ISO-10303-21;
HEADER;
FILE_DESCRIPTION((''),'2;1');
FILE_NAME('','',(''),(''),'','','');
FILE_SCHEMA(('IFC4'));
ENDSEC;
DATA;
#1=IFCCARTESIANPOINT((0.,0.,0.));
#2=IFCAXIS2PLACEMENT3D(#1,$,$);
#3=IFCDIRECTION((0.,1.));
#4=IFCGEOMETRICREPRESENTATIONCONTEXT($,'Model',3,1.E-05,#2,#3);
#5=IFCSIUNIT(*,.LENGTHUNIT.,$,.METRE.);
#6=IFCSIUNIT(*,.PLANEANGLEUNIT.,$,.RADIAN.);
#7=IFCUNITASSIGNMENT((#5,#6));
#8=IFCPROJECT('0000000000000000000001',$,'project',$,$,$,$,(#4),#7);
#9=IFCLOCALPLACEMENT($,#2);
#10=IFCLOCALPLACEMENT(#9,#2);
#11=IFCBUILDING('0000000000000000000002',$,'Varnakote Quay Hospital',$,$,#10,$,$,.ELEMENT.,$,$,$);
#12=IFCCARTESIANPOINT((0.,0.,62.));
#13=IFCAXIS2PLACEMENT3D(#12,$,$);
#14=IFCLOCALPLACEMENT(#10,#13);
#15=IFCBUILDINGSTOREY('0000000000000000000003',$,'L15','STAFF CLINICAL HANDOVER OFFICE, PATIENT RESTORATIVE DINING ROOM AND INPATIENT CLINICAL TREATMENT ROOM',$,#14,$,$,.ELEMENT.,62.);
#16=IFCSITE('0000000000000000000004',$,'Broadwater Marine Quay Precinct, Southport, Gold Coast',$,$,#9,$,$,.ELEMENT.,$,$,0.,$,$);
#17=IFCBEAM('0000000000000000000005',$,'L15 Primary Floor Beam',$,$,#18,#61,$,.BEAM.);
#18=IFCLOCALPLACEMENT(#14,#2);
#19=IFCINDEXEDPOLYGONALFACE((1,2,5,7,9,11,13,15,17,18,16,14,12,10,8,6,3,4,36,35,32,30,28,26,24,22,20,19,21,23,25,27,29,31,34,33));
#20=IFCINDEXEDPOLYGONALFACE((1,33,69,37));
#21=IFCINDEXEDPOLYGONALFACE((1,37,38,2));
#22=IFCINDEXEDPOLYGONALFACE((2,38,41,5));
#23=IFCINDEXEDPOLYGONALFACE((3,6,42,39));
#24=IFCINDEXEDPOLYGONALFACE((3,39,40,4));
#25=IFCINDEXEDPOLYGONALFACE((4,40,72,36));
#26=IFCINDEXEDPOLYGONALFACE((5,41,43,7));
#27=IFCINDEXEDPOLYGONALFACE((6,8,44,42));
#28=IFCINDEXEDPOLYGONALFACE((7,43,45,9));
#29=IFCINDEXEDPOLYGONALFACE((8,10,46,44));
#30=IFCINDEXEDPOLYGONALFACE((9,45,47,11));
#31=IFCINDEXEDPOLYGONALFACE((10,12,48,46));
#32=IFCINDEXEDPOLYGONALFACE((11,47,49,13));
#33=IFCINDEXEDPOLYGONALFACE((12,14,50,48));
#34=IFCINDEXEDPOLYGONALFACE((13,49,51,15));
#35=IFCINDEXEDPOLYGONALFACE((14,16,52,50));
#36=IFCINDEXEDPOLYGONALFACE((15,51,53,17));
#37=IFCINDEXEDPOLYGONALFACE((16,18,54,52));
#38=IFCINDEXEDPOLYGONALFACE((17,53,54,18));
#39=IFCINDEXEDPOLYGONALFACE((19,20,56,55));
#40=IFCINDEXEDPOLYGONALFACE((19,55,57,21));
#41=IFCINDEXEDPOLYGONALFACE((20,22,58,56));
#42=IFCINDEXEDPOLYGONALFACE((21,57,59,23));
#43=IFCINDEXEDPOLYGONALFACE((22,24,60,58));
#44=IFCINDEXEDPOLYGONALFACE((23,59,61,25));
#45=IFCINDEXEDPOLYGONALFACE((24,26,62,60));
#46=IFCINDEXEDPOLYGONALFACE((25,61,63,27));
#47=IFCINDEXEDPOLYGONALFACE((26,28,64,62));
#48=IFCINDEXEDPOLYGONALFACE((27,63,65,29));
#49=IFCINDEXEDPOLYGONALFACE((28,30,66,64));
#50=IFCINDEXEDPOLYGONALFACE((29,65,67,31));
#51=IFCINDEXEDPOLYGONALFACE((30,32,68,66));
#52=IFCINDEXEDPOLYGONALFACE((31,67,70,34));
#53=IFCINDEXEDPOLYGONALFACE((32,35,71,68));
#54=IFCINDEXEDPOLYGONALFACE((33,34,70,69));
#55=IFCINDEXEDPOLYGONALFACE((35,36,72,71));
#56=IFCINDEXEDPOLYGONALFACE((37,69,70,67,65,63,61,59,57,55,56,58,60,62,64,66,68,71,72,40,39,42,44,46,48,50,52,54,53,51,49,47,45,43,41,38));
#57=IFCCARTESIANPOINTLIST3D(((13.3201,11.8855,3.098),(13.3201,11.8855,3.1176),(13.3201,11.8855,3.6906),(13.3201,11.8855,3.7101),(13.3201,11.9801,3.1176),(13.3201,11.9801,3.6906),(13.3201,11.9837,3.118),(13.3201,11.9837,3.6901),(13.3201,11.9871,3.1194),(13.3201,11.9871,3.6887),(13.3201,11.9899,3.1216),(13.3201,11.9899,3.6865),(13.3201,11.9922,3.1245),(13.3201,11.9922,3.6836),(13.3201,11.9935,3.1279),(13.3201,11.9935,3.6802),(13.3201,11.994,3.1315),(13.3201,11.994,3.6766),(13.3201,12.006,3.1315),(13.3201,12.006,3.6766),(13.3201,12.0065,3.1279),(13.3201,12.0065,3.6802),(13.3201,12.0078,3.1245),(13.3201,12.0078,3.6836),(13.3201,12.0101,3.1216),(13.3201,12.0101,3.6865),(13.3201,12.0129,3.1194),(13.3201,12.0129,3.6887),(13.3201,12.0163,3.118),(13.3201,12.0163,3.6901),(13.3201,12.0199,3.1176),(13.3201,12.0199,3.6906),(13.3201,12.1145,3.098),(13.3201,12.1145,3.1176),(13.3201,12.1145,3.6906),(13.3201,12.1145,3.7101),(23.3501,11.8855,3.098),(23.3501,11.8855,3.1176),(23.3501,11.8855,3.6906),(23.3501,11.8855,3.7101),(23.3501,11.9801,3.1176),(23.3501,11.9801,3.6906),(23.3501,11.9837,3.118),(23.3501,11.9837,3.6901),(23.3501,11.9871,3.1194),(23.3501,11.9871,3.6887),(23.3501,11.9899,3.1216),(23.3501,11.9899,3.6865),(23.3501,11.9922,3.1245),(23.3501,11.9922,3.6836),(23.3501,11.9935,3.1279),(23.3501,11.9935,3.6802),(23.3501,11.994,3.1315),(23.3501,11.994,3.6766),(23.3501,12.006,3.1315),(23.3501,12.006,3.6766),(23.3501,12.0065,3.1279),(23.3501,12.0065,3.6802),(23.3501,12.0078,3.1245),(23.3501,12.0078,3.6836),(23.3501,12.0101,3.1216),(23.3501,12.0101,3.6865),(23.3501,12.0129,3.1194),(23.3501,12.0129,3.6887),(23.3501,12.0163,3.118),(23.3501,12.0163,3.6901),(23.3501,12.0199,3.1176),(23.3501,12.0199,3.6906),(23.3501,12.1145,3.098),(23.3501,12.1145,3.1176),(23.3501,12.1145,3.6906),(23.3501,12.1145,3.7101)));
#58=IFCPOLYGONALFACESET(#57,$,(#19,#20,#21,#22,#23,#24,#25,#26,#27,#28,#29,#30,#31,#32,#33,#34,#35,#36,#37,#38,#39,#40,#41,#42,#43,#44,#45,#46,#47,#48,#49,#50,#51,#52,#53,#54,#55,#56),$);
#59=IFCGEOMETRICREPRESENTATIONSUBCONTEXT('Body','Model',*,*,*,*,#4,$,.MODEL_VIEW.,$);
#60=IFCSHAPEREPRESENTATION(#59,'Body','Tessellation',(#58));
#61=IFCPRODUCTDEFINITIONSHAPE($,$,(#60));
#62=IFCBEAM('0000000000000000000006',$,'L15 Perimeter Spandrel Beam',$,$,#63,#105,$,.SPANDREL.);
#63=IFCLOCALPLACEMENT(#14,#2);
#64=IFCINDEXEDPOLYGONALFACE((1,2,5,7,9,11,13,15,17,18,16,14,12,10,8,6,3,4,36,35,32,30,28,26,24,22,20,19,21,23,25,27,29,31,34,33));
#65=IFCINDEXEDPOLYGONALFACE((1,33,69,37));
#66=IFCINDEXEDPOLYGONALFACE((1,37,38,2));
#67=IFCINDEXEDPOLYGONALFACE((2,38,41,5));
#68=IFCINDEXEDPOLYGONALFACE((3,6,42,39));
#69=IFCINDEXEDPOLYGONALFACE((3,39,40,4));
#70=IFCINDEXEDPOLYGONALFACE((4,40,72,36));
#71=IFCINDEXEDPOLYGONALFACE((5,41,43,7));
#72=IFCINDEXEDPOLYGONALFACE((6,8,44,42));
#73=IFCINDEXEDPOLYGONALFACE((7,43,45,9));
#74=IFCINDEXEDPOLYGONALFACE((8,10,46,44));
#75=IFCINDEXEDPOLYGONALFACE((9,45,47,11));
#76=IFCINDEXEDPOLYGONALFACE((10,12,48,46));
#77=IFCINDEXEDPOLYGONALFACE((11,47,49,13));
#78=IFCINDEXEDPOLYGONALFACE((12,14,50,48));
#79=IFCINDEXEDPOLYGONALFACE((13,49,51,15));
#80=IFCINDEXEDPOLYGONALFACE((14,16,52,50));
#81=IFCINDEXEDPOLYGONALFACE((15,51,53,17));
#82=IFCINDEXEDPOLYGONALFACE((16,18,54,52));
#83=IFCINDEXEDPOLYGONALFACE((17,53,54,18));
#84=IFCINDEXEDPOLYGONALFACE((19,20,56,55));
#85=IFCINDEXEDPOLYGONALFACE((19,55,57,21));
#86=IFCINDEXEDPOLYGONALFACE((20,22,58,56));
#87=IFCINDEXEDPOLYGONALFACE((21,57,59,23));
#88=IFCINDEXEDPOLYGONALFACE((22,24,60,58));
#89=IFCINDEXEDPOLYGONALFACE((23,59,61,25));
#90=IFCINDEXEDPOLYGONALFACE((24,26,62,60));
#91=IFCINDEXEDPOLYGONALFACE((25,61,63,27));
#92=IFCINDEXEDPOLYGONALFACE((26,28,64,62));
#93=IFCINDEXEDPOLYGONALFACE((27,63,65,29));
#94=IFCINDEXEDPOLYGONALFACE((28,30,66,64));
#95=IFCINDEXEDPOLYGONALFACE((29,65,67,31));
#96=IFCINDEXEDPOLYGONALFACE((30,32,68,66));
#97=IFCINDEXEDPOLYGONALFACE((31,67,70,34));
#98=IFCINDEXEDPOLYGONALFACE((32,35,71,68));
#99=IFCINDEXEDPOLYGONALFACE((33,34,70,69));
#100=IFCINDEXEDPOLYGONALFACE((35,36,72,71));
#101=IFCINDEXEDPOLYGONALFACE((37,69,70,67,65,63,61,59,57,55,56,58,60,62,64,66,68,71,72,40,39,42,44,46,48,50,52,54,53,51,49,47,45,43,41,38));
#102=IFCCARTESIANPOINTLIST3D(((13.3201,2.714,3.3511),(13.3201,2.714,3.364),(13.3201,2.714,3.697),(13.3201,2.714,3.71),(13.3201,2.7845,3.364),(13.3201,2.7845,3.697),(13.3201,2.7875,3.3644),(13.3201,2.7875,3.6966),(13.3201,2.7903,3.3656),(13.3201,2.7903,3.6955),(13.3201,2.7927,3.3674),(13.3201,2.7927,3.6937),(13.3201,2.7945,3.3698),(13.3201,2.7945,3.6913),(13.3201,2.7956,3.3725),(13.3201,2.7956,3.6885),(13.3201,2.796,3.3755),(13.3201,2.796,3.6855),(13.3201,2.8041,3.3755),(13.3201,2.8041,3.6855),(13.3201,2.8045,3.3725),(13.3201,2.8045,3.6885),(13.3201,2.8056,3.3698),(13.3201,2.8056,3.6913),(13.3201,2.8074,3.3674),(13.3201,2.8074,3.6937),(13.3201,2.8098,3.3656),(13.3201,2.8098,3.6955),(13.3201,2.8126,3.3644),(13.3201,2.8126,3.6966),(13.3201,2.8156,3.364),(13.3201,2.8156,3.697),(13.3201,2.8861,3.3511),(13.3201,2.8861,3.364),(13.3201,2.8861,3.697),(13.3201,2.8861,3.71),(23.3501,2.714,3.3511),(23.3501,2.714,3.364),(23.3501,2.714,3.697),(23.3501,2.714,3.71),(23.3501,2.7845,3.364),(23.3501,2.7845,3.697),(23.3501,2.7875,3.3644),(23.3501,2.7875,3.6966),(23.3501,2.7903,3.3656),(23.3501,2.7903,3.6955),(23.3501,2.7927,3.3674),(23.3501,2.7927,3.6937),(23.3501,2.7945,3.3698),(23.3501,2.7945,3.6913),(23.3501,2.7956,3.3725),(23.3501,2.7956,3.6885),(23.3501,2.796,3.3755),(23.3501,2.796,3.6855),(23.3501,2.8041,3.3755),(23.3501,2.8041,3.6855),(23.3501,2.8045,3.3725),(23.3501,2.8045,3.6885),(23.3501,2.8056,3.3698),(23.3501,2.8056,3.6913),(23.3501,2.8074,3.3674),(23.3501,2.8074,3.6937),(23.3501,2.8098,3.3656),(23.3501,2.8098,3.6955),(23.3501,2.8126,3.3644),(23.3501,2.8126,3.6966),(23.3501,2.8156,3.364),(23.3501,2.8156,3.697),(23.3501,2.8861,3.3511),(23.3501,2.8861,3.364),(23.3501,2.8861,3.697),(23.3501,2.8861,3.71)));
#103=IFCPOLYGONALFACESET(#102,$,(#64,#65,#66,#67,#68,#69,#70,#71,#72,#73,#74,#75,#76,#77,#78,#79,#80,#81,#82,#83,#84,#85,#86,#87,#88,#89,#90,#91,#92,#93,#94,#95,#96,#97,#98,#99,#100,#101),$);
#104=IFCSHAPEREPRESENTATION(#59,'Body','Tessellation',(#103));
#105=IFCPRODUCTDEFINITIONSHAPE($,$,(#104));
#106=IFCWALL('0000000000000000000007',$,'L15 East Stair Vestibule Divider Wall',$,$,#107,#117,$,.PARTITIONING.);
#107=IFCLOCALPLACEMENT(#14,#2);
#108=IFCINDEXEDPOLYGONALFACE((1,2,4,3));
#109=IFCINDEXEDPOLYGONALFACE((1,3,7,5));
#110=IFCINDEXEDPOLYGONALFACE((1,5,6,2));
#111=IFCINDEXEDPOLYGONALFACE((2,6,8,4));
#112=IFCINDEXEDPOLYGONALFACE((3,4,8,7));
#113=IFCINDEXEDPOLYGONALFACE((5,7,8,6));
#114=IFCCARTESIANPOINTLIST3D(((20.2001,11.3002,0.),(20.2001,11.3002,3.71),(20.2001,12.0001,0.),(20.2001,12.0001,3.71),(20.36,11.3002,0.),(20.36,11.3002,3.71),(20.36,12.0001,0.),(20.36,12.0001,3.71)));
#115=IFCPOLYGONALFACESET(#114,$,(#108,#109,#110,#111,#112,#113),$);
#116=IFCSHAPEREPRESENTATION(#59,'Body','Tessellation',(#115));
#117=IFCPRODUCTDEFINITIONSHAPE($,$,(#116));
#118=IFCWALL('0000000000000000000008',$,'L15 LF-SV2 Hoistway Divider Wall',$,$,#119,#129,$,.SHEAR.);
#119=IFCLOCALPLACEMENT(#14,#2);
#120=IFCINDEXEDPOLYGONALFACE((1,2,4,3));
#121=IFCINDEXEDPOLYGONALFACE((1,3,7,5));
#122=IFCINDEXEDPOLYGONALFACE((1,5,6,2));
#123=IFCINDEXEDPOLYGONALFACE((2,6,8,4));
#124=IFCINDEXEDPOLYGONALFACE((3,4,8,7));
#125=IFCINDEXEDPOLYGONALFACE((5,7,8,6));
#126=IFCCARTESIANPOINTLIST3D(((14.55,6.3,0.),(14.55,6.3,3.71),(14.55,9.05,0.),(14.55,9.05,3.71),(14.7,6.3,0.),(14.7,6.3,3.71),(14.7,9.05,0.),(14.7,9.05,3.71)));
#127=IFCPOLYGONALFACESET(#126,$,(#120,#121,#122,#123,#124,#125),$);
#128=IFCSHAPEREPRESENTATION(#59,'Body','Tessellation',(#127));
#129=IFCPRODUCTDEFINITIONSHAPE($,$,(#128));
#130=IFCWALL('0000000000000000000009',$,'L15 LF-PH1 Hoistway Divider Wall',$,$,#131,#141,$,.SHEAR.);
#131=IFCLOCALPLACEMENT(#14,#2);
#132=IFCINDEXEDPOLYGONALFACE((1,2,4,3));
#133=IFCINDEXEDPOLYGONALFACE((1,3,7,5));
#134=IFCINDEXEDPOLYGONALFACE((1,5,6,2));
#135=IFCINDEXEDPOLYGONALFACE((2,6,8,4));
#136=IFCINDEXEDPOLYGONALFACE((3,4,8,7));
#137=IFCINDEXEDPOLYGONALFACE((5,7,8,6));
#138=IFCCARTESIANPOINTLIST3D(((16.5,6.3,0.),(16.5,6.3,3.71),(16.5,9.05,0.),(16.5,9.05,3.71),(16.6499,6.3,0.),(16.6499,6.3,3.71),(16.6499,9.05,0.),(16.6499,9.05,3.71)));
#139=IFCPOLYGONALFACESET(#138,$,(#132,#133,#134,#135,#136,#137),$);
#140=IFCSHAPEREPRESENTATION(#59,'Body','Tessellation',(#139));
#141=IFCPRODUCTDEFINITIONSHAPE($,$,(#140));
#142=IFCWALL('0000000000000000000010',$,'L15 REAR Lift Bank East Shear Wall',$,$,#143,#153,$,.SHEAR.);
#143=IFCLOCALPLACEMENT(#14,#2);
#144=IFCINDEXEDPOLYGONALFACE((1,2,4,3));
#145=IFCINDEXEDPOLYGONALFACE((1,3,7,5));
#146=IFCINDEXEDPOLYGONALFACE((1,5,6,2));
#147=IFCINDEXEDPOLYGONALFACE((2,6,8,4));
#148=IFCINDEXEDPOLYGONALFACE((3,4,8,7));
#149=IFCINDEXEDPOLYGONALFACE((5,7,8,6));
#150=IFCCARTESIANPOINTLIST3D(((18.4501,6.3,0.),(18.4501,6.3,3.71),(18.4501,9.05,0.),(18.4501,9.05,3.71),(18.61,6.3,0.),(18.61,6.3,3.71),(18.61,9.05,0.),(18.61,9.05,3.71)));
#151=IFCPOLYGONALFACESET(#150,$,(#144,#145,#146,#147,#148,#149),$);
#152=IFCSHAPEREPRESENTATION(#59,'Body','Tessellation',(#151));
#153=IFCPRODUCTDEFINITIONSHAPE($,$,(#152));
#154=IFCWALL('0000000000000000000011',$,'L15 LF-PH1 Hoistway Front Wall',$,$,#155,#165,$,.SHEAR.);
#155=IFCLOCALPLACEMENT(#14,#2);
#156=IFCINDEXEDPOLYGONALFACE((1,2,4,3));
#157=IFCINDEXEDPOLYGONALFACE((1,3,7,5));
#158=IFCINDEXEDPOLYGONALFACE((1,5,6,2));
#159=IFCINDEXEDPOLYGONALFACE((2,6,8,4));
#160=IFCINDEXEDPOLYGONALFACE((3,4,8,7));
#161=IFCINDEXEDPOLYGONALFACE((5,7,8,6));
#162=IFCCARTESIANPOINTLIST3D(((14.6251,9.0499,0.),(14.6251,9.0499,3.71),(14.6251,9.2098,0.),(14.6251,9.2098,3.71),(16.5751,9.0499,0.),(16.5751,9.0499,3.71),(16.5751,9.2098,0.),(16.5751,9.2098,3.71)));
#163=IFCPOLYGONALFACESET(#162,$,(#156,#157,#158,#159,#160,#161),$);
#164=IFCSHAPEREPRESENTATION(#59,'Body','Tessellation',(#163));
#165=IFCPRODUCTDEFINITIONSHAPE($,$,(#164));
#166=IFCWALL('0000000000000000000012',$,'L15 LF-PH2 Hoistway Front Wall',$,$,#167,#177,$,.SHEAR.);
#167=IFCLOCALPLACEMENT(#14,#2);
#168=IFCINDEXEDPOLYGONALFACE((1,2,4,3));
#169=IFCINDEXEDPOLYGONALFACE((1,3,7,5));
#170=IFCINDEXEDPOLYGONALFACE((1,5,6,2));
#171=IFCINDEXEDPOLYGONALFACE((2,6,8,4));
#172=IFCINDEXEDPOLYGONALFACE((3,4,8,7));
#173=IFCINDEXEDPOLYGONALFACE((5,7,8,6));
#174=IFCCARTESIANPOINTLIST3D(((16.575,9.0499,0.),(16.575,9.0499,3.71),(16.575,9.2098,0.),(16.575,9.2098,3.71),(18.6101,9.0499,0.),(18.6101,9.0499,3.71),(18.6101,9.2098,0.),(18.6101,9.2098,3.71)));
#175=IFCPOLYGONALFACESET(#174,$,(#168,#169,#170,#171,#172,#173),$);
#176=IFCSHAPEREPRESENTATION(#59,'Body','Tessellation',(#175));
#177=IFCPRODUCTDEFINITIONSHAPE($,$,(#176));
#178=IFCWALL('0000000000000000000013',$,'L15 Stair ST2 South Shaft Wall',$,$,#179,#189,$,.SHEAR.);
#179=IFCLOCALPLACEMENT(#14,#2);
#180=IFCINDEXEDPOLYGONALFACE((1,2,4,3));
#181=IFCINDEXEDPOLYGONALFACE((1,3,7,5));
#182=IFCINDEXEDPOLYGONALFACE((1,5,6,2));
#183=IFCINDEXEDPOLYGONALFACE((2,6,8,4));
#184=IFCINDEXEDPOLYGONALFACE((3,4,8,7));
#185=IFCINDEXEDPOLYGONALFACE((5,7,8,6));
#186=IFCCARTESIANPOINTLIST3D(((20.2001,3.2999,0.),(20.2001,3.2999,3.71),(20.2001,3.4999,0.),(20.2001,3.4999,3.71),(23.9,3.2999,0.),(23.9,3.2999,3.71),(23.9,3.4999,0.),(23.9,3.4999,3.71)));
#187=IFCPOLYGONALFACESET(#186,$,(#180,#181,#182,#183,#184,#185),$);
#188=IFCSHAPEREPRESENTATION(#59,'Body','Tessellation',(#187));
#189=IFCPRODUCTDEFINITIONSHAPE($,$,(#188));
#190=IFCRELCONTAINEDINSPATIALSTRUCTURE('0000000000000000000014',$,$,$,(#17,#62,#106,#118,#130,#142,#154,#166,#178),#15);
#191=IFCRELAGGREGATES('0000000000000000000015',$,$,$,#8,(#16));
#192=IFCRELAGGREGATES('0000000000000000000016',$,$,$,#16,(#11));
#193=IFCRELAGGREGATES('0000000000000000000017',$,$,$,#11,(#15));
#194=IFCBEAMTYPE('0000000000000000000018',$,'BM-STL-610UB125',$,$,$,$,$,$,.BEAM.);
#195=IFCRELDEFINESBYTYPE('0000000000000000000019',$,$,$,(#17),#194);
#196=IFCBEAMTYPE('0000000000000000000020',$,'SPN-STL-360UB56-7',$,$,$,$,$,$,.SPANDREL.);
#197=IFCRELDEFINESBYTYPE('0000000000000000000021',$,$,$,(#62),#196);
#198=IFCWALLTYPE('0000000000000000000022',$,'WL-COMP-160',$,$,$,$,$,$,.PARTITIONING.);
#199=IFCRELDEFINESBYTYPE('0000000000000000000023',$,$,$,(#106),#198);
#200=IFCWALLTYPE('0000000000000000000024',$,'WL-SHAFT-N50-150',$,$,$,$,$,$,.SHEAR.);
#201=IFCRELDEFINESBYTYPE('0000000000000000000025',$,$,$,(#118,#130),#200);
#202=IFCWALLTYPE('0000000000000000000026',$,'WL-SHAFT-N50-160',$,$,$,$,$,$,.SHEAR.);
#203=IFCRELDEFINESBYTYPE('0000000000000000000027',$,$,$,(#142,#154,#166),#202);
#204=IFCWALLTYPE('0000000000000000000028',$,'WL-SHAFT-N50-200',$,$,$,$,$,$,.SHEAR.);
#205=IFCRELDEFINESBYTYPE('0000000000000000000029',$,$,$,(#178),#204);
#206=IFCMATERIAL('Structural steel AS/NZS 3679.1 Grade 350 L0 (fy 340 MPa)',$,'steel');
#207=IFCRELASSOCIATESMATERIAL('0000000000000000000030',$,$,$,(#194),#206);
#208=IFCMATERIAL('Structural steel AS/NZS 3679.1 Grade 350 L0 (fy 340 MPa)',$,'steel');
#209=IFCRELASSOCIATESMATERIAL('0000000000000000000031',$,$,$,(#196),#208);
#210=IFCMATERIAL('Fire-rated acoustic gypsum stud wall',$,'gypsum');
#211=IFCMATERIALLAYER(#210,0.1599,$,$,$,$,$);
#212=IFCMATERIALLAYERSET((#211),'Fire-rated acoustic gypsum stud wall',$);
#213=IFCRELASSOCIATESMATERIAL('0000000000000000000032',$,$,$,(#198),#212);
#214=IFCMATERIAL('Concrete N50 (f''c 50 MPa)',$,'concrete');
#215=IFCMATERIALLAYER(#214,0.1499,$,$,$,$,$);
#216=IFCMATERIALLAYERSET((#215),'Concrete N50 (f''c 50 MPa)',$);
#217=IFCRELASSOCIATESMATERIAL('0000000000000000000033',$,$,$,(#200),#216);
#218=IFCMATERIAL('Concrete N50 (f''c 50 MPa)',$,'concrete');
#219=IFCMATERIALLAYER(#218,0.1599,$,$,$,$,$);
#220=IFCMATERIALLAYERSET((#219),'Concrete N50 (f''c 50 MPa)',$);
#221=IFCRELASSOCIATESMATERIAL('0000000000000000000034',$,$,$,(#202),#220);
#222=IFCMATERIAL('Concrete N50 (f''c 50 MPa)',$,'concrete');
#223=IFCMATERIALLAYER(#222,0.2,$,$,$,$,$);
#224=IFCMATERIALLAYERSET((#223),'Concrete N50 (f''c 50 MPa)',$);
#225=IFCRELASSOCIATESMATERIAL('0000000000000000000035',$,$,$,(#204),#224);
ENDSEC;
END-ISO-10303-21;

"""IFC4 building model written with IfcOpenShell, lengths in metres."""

from ifc_helpers import new_model, si_unit, direction, frame, frame_2d, origin, origin_2d, place, context, subcontext, project, spatial, rectangle, i_section, extrude, material, layer, layer_set, material_profile, profile_set, type_object, element, save


model = new_model("IFC4")

# Units and contexts
model_context = context("Model", 3, precision=1e-05, world=origin(), true_north=direction((0.0, 1.0)))
body_context = subcontext(model_context, "Body", "Model", "MODEL_VIEW")
ifc_project = project(units=[si_unit("LENGTHUNIT", "METRE"), si_unit("PLANEANGLEUNIT", "RADIAN")], contexts=[model_context])

# Site, building, storey
site_placement = place(None, origin())
site = spatial("IfcSite", under=ifc_project, at=site_placement, Name="Broadwater Marine Quay Precinct, Southport, Gold Coast", CompositionType="ELEMENT", RefElevation=0.0)
building_placement = place(site_placement, origin())
building = spatial("IfcBuilding", under=site, at=building_placement, Name="Varnakote Quay Hospital", CompositionType="ELEMENT")
storey_placement = place(building_placement, frame((0.0, 0.0, 62.0)))
storey = spatial("IfcBuildingStorey", under=building, at=storey_placement, Name="L15", Description="STAFF CLINICAL HANDOVER OFFICE, PATIENT RESTORATIVE DINING ROOM AND INPATIENT CLINICAL TREATMENT ROOM", CompositionType="ELEMENT", Elevation=62.0)

# Beams
ifc_material_1 = material(Name="Structural steel AS/NZS 3679.1 Grade 350 L0 (fy 340 MPa)", Category="steel")
ifc_material_profile_1 = material_profile(ifc_material_1, i_section(OverallWidth=0.229, OverallDepth=0.6121, WebThickness=0.012, FlangeThickness=0.0195, FilletRadius=0.0139, at=origin_2d()), Name="610UB125")
ifc_profile_set_1 = profile_set([ifc_material_profile_1], Name="Structural steel AS/NZS 3679.1 Grade 350 L0 (fy 340 MPa)")
beam_type_1 = type_object("IfcBeamType", Name="BM-STL-610UB125", PredefinedType="BEAM", material=ifc_profile_set_1)
beam_1_placement = place(storey_placement, frame((13.3201, 12.0, 3.4041), z_axis=(1.0, 0.0, 0.0), x_axis=(0.0, 1.0, 0.0)))
element("IfcBeam", 1, at=beam_1_placement, inside=storey, type_object=beam_type_1, Name="L15 Primary Floor Beam", PredefinedType="BEAM", context=body_context, shape_type="SweptSolid", body=[
    extrude(i_section(OverallWidth=0.229, OverallDepth=0.6121, WebThickness=0.012, FlangeThickness=0.0195, FilletRadius=0.0139, at=origin_2d()), origin(), (0.0, 0.0, 1.0), 10.03),
])
ifc_material_2 = material(Name="Structural steel AS/NZS 3679.1 Grade 350 L0 (fy 340 MPa)", Category="steel")
ifc_material_profile_2 = material_profile(ifc_material_2, i_section(OverallWidth=0.1721, OverallDepth=0.3589, WebThickness=0.0081, FlangeThickness=0.0129, FilletRadius=0.0115, at=origin_2d()), Name="360UB56.7")
ifc_profile_set_2 = profile_set([ifc_material_profile_2], Name="Structural steel AS/NZS 3679.1 Grade 350 L0 (fy 340 MPa)")
beam_type_2 = type_object("IfcBeamType", Name="SPN-STL-360UB56-7", PredefinedType="SPANDREL", material=ifc_profile_set_2)
beam_2_placement = place(storey_placement, frame((13.3201, 2.8, 3.5305), z_axis=(1.0, 0.0, 0.0), x_axis=(0.0, 1.0, 0.0)))
element("IfcBeam", 2, at=beam_2_placement, inside=storey, type_object=beam_type_2, Name="L15 Perimeter Spandrel Beam", PredefinedType="SPANDREL", context=body_context, shape_type="SweptSolid", body=[
    extrude(i_section(OverallWidth=0.1721, OverallDepth=0.3589, WebThickness=0.0081, FlangeThickness=0.0129, FilletRadius=0.0115, at=origin_2d()), origin(), (0.0, 0.0, 1.0), 10.03),
])

# Walls
ifc_material_3 = material(Name="Fire-rated acoustic gypsum stud wall", Category="gypsum")
ifc_layer_1 = layer(ifc_material_3, 0.1599)
ifc_layer_set_1 = layer_set([ifc_layer_1], Name="Fire-rated acoustic gypsum stud wall")
wall_type_1 = type_object("IfcWallType", Name="WL-COMP-160", PredefinedType="PARTITIONING", material=ifc_layer_set_1)
wall_1_placement = place(storey_placement, frame((20.28, 11.3, 0.0), z_axis=(0.0, 0.0, 1.0), x_axis=(0.0, 1.0, 0.0)))
element("IfcWall", 3, at=wall_1_placement, inside=storey, type_object=wall_type_1, Name="L15 East Stair Vestibule Divider Wall", PredefinedType="PARTITIONING", context=body_context, shape_type="SweptSolid", body=[
    extrude(rectangle(XDim=0.7, YDim=0.1599, at=frame_2d((0.3501, 0.0))), origin(), (0.0, 0.0, 1.0), 3.71),
])
ifc_material_4 = material(Name="Concrete N50 (f'c 50 MPa)", Category="concrete")
ifc_layer_2 = layer(ifc_material_4, 0.1499)
ifc_layer_set_2 = layer_set([ifc_layer_2], Name="Concrete N50 (f'c 50 MPa)")
wall_type_2 = type_object("IfcWallType", Name="WL-SHAFT-N50-150", PredefinedType="SHEAR", material=ifc_layer_set_2)
for number, where, z_axis, x_axis, name in (
    (4, (14.625, 6.3, 0.0), (0.0, 0.0, 1.0), (0.0, 1.0, 0.0), "L15 LF-SV2 Hoistway Divider Wall"),
    (5, (16.575, 6.3, 0.0), (0.0, 0.0, 1.0), (0.0, 1.0, 0.0), "L15 LF-PH1 Hoistway Divider Wall"),
):
    element("IfcWall", number, at=place(storey_placement, frame(where, z_axis=z_axis, x_axis=x_axis)), inside=storey, type_object=wall_type_2, Name=name, PredefinedType="SHEAR", context=body_context, shape_type="SweptSolid", body=[
        extrude(rectangle(XDim=2.75, YDim=0.1499, at=frame_2d((1.375, 0.0))), origin(), (0.0, 0.0, 1.0), 3.71),
    ])
ifc_material_5 = material(Name="Concrete N50 (f'c 50 MPa)", Category="concrete")
ifc_layer_3 = layer(ifc_material_5, 0.1599)
ifc_layer_set_3 = layer_set([ifc_layer_3], Name="Concrete N50 (f'c 50 MPa)")
wall_type_3 = type_object("IfcWallType", Name="WL-SHAFT-N50-160", PredefinedType="SHEAR", material=ifc_layer_set_3)
wall_2_placement = place(storey_placement, frame((18.53, 6.3, 0.0), z_axis=(0.0, 0.0, 1.0), x_axis=(0.0, 1.0, 0.0)))
element("IfcWall", 6, at=wall_2_placement, inside=storey, type_object=wall_type_3, Name="L15 REAR Lift Bank East Shear Wall", PredefinedType="SHEAR", context=body_context, shape_type="SweptSolid", body=[
    extrude(rectangle(XDim=2.75, YDim=0.1599, at=frame_2d((1.375, 0.0))), origin(), (0.0, 0.0, 1.0), 3.71),
])
wall_3_placement = place(storey_placement, frame((14.625, 9.1299, 0.0), z_axis=(0.0, 0.0, 1.0), x_axis=(1.0, 0.0, 0.0)))
element("IfcWall", 7, at=wall_3_placement, inside=storey, type_object=wall_type_3, Name="L15 LF-PH1 Hoistway Front Wall", PredefinedType="SHEAR", context=body_context, shape_type="SweptSolid", body=[
    extrude(rectangle(XDim=1.95, YDim=0.1599, at=frame_2d((0.9751, 0.0))), origin(), (0.0, 0.0, 1.0), 3.71),
])
wall_4_placement = place(storey_placement, frame((16.575, 9.1299, 0.0), z_axis=(0.0, 0.0, 1.0), x_axis=(1.0, 0.0, 0.0)))
element("IfcWall", 8, at=wall_4_placement, inside=storey, type_object=wall_type_3, Name="L15 LF-PH2 Hoistway Front Wall", PredefinedType="SHEAR", context=body_context, shape_type="SweptSolid", body=[
    extrude(rectangle(XDim=2.0352, YDim=0.1599, at=frame_2d((1.0176, 0.0))), origin(), (0.0, 0.0, 1.0), 3.71),
])
ifc_material_6 = material(Name="Concrete N50 (f'c 50 MPa)", Category="concrete")
ifc_layer_4 = layer(ifc_material_6, 0.2)
ifc_layer_set_4 = layer_set([ifc_layer_4], Name="Concrete N50 (f'c 50 MPa)")
wall_type_4 = type_object("IfcWallType", Name="WL-SHAFT-N50-200", PredefinedType="SHEAR", material=ifc_layer_set_4)
wall_5_placement = place(storey_placement, frame((20.2, 3.3999, 0.0), z_axis=(0.0, 0.0, 1.0), x_axis=(1.0, 0.0, 0.0)))
element("IfcWall", 9, at=wall_5_placement, inside=storey, type_object=wall_type_4, Name="L15 Stair ST2 South Shaft Wall", PredefinedType="SHEAR", context=body_context, shape_type="SweptSolid", body=[
    extrude(rectangle(XDim=3.7, YDim=0.2, at=frame_2d((1.8501, 0.0))), origin(), (0.0, 0.0, 1.0), 3.71),
])

save(model, "model.ifc")
